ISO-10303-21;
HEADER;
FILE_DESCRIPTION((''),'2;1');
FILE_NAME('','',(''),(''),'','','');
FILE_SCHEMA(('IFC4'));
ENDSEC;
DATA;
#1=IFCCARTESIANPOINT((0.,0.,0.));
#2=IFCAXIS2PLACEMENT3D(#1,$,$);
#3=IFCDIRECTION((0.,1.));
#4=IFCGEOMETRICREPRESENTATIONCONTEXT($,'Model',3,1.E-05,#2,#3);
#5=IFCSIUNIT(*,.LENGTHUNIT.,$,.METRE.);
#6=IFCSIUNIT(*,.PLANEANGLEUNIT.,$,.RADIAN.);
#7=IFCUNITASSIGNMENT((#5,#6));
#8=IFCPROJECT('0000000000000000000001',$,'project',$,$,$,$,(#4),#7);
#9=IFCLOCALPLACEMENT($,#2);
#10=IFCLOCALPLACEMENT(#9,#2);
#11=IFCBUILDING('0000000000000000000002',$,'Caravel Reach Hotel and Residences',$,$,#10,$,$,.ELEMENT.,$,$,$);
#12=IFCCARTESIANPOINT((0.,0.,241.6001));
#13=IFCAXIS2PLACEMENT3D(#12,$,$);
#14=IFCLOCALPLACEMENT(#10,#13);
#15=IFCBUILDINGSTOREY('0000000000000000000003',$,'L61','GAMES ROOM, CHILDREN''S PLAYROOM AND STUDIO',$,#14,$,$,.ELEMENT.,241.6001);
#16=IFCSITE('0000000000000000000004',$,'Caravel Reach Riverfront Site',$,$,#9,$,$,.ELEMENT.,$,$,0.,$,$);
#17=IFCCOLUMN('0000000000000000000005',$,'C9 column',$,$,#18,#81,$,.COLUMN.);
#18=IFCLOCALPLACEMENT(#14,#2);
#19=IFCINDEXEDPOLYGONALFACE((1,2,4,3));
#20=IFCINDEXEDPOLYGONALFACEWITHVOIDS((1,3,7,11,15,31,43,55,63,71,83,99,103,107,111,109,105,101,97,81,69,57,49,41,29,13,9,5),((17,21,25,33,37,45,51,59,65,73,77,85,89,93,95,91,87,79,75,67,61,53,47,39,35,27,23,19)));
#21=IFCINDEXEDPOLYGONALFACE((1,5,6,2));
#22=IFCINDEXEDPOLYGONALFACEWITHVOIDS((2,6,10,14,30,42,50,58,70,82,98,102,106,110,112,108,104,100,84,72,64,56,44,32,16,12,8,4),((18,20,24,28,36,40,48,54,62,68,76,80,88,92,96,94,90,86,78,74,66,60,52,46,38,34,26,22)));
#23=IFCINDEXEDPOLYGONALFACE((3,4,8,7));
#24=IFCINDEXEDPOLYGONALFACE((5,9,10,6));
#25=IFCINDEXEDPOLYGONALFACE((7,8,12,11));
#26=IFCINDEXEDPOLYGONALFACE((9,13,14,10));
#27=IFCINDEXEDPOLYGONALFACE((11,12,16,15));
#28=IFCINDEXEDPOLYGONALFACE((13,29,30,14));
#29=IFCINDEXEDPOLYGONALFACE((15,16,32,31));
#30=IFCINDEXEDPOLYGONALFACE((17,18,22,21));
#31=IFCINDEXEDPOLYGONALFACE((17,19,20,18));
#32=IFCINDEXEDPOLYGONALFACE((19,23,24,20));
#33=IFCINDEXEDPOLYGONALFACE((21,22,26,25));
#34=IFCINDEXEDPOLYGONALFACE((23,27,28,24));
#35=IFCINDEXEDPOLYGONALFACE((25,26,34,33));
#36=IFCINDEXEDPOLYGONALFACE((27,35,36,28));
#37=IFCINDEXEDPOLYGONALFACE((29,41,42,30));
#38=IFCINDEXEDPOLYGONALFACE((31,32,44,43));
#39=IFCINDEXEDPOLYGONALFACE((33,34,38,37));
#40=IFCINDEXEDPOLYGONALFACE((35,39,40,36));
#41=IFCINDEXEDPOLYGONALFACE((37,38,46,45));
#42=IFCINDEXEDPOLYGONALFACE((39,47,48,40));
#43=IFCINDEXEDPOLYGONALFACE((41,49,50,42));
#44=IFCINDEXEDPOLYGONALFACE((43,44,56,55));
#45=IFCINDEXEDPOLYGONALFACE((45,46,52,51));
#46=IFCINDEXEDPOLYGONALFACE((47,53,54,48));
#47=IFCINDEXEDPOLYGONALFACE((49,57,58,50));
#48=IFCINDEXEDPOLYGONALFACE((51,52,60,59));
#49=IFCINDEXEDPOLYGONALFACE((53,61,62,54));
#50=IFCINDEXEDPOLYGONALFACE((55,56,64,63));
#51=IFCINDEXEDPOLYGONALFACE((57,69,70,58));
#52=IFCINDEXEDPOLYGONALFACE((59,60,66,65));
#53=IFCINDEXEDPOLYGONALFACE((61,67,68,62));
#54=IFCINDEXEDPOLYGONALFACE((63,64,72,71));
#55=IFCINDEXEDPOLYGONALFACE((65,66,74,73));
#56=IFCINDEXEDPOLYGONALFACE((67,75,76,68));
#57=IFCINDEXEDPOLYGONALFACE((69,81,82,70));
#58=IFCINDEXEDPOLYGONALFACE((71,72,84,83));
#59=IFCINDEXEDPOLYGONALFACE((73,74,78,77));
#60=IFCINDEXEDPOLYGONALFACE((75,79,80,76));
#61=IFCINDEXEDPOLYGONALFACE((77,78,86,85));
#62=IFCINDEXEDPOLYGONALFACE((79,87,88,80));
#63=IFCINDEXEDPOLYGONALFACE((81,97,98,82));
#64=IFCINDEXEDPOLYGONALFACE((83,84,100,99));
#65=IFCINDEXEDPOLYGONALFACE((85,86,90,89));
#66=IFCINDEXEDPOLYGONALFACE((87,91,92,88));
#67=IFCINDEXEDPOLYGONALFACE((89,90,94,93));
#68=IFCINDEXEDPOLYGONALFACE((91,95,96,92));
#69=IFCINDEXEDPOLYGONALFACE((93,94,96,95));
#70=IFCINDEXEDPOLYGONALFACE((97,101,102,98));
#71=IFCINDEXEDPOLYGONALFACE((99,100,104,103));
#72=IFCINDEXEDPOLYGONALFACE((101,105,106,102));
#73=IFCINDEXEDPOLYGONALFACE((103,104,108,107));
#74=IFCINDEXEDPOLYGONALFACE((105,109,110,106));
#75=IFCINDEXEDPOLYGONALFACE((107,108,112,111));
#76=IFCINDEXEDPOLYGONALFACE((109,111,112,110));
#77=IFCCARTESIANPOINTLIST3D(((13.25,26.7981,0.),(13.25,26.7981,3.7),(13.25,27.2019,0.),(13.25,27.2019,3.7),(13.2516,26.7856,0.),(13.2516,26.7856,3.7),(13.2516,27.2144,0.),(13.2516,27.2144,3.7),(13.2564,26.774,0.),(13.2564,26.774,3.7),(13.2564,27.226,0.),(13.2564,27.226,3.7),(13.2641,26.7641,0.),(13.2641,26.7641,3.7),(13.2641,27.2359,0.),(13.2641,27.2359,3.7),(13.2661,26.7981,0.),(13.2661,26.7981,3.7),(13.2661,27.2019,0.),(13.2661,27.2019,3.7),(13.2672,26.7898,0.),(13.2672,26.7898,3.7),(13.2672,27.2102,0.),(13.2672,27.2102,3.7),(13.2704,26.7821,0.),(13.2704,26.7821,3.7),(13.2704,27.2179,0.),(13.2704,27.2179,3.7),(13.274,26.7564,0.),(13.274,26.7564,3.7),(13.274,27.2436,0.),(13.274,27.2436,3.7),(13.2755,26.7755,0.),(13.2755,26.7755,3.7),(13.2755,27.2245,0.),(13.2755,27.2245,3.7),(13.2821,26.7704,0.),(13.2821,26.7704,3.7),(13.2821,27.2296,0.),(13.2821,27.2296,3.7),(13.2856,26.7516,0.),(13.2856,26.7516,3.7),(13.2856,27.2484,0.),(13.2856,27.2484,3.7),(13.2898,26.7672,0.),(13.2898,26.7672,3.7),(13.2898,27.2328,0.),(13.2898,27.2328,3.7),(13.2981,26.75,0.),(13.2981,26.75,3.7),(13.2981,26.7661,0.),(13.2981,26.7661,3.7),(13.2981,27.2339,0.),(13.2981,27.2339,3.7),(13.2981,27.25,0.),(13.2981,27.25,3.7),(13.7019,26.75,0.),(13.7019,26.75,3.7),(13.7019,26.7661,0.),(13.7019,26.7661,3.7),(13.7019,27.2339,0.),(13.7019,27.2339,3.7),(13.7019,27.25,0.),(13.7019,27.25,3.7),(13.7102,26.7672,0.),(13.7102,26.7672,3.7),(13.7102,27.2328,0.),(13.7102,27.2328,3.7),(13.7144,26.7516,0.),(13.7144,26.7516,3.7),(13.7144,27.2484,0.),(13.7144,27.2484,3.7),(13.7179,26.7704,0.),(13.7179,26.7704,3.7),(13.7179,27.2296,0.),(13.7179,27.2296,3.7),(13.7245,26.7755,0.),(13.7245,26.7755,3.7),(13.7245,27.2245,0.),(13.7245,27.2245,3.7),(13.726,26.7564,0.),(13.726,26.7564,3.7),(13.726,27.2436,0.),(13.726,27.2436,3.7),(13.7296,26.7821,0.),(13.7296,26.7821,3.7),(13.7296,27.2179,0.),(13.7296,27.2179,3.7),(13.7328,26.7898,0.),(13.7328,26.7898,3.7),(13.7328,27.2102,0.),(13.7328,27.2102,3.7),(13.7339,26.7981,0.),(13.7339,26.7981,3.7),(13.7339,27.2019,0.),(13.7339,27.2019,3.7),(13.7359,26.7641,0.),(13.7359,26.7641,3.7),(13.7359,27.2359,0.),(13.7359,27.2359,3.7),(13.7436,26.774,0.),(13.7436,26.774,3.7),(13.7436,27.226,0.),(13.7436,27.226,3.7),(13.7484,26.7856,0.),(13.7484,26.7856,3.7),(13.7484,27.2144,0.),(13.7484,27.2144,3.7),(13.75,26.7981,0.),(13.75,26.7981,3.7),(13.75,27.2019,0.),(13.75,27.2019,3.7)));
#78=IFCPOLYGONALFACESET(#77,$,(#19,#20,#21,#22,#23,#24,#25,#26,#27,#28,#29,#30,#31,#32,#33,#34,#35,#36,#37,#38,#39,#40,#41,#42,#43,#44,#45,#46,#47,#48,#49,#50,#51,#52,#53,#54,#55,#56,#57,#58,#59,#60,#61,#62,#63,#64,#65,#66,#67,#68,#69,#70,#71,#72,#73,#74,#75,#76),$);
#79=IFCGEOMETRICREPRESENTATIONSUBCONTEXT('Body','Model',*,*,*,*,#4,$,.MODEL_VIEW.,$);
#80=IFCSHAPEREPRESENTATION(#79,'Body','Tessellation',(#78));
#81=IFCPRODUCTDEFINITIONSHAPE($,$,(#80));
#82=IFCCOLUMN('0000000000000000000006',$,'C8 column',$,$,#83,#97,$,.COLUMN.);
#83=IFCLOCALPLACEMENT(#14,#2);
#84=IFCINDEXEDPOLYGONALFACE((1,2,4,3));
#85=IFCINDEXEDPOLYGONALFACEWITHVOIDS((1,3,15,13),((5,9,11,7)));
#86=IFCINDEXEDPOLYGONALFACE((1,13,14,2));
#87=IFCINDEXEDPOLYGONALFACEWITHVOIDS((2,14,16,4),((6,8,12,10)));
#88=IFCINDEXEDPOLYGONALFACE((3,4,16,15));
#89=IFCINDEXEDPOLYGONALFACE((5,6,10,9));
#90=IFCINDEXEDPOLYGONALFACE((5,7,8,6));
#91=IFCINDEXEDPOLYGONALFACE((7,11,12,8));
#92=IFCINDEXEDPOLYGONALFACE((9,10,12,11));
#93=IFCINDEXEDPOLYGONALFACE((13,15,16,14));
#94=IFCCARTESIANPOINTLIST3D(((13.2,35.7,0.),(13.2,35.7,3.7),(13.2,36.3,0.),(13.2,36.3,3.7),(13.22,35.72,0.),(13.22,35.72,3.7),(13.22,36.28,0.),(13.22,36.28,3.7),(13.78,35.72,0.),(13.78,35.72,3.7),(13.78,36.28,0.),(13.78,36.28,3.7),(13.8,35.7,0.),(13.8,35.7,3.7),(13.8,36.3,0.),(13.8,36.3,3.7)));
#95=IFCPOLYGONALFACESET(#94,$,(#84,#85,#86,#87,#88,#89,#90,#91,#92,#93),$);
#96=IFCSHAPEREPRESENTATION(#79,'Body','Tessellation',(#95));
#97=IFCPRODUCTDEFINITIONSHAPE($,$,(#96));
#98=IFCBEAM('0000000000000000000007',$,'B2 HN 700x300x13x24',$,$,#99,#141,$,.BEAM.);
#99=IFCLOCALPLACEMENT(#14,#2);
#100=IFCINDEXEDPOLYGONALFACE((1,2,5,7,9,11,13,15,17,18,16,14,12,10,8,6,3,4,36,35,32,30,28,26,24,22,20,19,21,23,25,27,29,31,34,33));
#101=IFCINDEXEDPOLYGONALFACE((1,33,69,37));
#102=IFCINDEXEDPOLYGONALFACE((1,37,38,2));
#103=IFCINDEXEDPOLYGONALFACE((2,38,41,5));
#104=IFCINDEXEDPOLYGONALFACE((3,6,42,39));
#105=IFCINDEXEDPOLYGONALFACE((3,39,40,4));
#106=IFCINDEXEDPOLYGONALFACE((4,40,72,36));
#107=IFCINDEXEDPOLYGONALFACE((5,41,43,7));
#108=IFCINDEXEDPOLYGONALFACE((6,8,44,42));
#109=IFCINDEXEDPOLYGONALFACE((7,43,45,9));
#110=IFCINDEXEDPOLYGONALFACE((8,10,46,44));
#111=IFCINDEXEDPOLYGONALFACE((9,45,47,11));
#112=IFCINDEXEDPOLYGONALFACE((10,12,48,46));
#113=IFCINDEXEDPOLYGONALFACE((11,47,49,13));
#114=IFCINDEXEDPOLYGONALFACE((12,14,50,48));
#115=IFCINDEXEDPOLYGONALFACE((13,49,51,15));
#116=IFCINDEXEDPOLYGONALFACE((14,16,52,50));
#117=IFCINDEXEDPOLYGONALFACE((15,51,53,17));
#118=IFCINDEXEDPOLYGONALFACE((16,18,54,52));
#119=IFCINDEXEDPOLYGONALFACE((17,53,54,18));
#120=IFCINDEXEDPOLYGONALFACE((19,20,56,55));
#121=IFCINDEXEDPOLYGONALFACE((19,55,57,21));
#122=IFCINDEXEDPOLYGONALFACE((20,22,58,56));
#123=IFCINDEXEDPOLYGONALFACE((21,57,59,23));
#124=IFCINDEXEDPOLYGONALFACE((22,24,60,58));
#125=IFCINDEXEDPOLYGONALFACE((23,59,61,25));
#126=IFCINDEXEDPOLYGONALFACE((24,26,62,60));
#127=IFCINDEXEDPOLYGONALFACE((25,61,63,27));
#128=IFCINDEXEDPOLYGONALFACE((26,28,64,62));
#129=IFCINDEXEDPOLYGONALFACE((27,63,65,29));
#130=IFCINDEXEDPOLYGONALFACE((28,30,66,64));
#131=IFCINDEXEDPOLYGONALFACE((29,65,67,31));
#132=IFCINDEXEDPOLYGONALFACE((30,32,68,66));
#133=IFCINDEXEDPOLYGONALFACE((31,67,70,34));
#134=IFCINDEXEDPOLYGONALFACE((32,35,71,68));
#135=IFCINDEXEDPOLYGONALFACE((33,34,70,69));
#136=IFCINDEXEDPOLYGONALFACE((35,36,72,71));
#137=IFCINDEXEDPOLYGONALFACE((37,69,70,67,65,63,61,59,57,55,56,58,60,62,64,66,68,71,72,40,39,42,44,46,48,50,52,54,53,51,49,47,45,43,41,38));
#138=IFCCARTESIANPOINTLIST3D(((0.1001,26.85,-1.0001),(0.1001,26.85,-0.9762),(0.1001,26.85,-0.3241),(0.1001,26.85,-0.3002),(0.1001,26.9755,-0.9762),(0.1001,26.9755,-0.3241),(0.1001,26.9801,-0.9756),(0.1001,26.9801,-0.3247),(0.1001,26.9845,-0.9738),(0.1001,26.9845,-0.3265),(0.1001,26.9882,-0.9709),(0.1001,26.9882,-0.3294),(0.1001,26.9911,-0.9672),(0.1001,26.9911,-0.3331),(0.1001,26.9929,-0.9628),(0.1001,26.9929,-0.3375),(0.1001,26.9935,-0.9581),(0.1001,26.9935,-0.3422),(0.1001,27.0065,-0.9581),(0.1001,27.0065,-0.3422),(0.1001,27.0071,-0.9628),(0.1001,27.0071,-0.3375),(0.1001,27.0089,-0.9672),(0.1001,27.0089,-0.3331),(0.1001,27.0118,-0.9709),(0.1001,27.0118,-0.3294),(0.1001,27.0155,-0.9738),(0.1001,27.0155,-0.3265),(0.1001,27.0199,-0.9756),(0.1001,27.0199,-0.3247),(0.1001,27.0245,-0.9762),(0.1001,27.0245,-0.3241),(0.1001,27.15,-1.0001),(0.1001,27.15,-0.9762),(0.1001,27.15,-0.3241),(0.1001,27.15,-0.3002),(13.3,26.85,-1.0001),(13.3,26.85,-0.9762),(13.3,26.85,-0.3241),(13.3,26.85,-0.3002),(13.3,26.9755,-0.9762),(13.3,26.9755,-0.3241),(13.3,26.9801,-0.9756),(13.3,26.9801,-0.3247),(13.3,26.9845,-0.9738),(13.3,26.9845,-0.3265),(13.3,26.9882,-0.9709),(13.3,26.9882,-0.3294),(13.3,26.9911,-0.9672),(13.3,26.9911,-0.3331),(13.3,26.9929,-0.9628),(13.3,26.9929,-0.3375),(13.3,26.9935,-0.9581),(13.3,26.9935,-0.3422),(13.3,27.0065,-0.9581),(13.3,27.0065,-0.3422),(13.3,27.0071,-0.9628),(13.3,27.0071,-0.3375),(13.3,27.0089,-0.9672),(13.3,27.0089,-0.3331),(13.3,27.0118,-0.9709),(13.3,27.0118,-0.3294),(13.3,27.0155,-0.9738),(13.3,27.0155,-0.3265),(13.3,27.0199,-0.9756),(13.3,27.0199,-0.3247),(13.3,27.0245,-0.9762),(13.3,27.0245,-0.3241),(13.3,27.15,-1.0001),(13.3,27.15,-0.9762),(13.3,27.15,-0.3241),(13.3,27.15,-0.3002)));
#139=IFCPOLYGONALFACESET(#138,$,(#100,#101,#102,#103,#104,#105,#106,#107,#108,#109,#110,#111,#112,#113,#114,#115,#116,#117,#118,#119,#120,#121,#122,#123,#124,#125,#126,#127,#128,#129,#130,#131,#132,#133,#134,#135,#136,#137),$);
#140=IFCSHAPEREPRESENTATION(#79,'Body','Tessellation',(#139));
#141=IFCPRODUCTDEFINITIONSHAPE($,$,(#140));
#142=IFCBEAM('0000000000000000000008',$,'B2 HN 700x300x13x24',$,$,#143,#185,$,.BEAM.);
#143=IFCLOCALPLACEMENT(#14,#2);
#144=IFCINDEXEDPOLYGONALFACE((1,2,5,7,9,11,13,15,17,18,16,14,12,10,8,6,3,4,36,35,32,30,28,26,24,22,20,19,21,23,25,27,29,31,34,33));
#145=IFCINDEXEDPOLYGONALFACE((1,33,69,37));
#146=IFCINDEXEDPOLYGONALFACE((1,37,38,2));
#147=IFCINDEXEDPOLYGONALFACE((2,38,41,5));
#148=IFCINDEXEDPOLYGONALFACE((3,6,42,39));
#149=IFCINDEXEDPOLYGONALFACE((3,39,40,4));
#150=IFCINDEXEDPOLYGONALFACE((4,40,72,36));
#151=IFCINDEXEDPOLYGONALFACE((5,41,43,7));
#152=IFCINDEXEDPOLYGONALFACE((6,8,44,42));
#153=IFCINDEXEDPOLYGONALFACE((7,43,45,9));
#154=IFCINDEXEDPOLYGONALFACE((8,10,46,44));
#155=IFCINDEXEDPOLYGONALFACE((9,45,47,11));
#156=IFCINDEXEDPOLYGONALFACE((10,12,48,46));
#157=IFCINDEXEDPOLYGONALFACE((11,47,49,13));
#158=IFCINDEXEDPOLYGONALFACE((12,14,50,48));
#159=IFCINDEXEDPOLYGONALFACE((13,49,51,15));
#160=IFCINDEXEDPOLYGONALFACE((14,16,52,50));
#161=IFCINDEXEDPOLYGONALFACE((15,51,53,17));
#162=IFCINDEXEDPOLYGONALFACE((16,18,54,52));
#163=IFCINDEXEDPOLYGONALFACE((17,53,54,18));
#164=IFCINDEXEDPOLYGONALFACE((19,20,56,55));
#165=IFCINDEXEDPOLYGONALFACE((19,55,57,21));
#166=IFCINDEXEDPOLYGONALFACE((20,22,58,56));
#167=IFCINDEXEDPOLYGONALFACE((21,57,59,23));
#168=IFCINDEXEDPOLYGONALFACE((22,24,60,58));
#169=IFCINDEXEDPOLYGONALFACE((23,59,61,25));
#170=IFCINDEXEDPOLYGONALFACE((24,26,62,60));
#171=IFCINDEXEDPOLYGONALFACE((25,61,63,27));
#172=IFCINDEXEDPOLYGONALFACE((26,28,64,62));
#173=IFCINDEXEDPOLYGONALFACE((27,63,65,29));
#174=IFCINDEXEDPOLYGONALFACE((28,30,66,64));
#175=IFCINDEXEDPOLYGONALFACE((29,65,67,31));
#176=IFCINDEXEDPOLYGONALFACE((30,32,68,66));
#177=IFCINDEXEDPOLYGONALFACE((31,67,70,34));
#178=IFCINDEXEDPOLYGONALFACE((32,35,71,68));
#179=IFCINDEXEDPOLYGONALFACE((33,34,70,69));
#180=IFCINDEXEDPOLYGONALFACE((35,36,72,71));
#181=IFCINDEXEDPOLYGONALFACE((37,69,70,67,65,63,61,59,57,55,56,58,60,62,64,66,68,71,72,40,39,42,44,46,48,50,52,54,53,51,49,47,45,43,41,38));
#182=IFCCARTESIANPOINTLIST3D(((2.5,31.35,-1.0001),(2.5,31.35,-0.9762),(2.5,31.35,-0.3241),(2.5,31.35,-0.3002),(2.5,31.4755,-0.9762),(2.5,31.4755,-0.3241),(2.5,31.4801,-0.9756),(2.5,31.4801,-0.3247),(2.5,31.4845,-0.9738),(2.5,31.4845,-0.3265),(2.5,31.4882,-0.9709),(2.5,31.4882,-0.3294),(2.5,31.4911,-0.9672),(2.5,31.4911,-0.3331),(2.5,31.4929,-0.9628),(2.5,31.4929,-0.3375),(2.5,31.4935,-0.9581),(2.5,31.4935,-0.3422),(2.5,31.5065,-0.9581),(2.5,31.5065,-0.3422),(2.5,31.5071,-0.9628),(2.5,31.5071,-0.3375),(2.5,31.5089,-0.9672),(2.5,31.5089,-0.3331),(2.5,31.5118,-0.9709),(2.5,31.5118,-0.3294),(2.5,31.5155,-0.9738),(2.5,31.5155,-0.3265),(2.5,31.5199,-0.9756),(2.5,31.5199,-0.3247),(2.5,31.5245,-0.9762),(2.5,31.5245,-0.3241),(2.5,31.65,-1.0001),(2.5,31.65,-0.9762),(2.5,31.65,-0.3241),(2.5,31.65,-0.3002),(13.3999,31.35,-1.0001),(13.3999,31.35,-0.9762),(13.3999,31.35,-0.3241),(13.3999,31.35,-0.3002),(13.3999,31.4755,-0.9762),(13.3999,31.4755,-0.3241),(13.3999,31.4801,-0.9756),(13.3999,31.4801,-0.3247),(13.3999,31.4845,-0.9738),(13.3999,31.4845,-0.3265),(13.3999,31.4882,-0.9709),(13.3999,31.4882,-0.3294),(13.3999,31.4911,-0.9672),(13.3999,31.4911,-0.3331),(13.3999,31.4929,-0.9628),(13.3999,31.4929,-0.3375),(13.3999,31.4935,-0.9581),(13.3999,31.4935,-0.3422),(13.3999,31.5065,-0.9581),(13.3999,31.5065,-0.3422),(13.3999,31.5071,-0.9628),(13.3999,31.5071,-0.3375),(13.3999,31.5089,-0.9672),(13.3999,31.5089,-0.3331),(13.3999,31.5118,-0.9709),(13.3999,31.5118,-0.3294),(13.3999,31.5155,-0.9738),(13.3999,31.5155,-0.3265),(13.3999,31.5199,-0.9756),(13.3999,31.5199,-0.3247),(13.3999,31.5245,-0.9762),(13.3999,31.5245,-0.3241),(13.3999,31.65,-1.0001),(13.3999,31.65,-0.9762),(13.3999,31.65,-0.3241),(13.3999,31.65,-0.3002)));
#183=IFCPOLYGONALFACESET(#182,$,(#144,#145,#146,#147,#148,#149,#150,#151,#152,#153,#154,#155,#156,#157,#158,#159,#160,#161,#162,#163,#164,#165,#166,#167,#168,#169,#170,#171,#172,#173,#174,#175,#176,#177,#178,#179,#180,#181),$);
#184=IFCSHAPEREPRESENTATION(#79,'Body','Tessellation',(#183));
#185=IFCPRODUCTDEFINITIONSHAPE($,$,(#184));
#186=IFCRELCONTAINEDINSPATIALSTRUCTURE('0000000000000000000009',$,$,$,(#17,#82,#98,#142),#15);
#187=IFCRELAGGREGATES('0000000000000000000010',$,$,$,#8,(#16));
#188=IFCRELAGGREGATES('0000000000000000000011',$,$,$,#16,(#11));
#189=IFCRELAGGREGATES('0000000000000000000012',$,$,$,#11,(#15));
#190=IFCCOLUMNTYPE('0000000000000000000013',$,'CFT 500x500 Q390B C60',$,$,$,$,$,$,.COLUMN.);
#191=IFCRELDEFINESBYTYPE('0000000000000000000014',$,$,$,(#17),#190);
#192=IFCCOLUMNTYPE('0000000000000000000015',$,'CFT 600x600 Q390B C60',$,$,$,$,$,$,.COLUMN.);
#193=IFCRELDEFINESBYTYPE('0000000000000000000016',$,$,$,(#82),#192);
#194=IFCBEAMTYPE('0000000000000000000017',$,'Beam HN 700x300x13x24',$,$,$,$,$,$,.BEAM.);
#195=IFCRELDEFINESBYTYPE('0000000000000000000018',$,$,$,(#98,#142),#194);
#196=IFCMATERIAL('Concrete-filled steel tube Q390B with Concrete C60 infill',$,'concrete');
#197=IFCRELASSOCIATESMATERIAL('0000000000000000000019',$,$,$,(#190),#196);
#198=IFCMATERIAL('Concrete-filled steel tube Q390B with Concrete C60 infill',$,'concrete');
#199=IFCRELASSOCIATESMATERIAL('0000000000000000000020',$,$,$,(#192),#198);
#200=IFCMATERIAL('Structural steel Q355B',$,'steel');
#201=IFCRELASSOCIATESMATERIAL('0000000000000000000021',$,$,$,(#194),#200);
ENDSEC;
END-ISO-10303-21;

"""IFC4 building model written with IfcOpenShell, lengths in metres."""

from ifc_helpers import new_model, si_unit, direction, frame, origin, origin_2d, place, context, subcontext, project, spatial, hollow_rectangle, i_section, extrude, material, material_profile, profile_set, type_object, element, save


model = new_model("IFC4")

# Units and contexts
model_context = context("Model", 3, precision=1e-05, world=origin(), true_north=direction((0.0, 1.0)))
body_context = subcontext(model_context, "Body", "Model", "MODEL_VIEW")
ifc_project = project(units=[si_unit("LENGTHUNIT", "METRE"), si_unit("PLANEANGLEUNIT", "RADIAN")], contexts=[model_context])

# Site, building, storey
site_placement = place(None, origin())
site = spatial("IfcSite", under=ifc_project, at=site_placement, Name="Caravel Reach Riverfront Site", CompositionType="ELEMENT", RefElevation=0.0)
building_placement = place(site_placement, origin())
building = spatial("IfcBuilding", under=site, at=building_placement, Name="Caravel Reach Hotel and Residences", CompositionType="ELEMENT")
storey_placement = place(building_placement, frame((0.0, 0.0, 241.6001)))
storey = spatial("IfcBuildingStorey", under=building, at=storey_placement, Name="L61", Description="GAMES ROOM, CHILDREN'S PLAYROOM AND STUDIO", CompositionType="ELEMENT", Elevation=241.6001)

# Columns
ifc_material_1 = material(Name="Concrete-filled steel tube Q390B with Concrete C60 infill", Category="concrete")
ifc_material_profile_1 = material_profile(ifc_material_1, hollow_rectangle(XDim=0.5, YDim=0.5, WallThickness=0.0161, InnerFilletRadius=0.032, OuterFilletRadius=0.0481, at=origin_2d()), Name="RHS 500x500x16")
ifc_profile_set_1 = profile_set([ifc_material_profile_1], Name="Concrete-filled steel tube Q390B with Concrete C60 infill")
column_type_1 = type_object("IfcColumnType", Name="CFT 500x500 Q390B C60", PredefinedType="COLUMN", material=ifc_profile_set_1)
column_1_placement = place(storey_placement, frame((13.5, 27.0, 0.0), z_axis=(0.0, 0.0, 1.0), x_axis=(1.0, 0.0, 0.0)))
element("IfcColumn", 1, at=column_1_placement, inside=storey, type_object=column_type_1, Name="C9 column", PredefinedType="COLUMN", context=body_context, shape_type="SweptSolid", body=[
    extrude(hollow_rectangle(XDim=0.5, YDim=0.5, WallThickness=0.0161, InnerFilletRadius=0.032, OuterFilletRadius=0.0481, at=origin_2d()), origin(), (0.0, 0.0, 1.0), 3.7),
])
ifc_material_2 = material(Name="Concrete-filled steel tube Q390B with Concrete C60 infill", Category="concrete")
ifc_material_profile_2 = material_profile(ifc_material_2, hollow_rectangle(XDim=0.6001, YDim=0.6001, WallThickness=0.02, at=origin_2d()), Name="RHS 600x600x20")
ifc_profile_set_2 = profile_set([ifc_material_profile_2], Name="Concrete-filled steel tube Q390B with Concrete C60 infill")
column_type_2 = type_object("IfcColumnType", Name="CFT 600x600 Q390B C60", PredefinedType="COLUMN", material=ifc_profile_set_2)
column_2_placement = place(storey_placement, frame((13.5, 36.0, 0.0), z_axis=(0.0, 0.0, 1.0), x_axis=(1.0, 0.0, 0.0)))
element("IfcColumn", 2, at=column_2_placement, inside=storey, type_object=column_type_2, Name="C8 column", PredefinedType="COLUMN", context=body_context, shape_type="SweptSolid", body=[
    extrude(hollow_rectangle(XDim=0.6001, YDim=0.6001, WallThickness=0.02, at=origin_2d()), origin(), (0.0, 0.0, 1.0), 3.7),
])

# Beams
ifc_material_3 = material(Name="Structural steel Q355B", Category="steel")
ifc_material_profile_3 = material_profile(ifc_material_3, i_section(OverallWidth=0.3, OverallDepth=0.7, WebThickness=0.0129, FlangeThickness=0.0239, FilletRadius=0.0181, at=origin_2d()), Name="HN 700x300x13x24")
ifc_profile_set_3 = profile_set([ifc_material_profile_3], Name="Structural steel Q355B")
beam_type_1 = type_object("IfcBeamType", Name="Beam HN 700x300x13x24", PredefinedType="BEAM", material=ifc_profile_set_3)
beam_1_placement = place(storey_placement, frame((13.3, 27.0, -0.6501), z_axis=(-1.0, 0.0, 0.0), x_axis=(0.0, -1.0, 0.0)))
element("IfcBeam", 3, at=beam_1_placement, inside=storey, type_object=beam_type_1, Name="B2 HN 700x300x13x24", PredefinedType="BEAM", context=body_context, shape_type="SweptSolid", body=[
    extrude(i_section(OverallWidth=0.3, OverallDepth=0.7, WebThickness=0.0129, FlangeThickness=0.0239, FilletRadius=0.0181, at=origin_2d()), origin(), (0.0, 0.0, 1.0), 13.2),
])
beam_2_placement = place(storey_placement, frame((13.3999, 31.5, -0.6501), z_axis=(-1.0, 0.0, 0.0), x_axis=(0.0, -1.0, 0.0)))
element("IfcBeam", 4, at=beam_2_placement, inside=storey, type_object=beam_type_1, Name="B2 HN 700x300x13x24", PredefinedType="BEAM", context=body_context, shape_type="SweptSolid", body=[
    extrude(i_section(OverallWidth=0.3, OverallDepth=0.7, WebThickness=0.0129, FlangeThickness=0.0239, FilletRadius=0.0181, at=origin_2d()), origin(), (0.0, 0.0, 1.0), 10.8999),
])

save(model, "model.ifc")
